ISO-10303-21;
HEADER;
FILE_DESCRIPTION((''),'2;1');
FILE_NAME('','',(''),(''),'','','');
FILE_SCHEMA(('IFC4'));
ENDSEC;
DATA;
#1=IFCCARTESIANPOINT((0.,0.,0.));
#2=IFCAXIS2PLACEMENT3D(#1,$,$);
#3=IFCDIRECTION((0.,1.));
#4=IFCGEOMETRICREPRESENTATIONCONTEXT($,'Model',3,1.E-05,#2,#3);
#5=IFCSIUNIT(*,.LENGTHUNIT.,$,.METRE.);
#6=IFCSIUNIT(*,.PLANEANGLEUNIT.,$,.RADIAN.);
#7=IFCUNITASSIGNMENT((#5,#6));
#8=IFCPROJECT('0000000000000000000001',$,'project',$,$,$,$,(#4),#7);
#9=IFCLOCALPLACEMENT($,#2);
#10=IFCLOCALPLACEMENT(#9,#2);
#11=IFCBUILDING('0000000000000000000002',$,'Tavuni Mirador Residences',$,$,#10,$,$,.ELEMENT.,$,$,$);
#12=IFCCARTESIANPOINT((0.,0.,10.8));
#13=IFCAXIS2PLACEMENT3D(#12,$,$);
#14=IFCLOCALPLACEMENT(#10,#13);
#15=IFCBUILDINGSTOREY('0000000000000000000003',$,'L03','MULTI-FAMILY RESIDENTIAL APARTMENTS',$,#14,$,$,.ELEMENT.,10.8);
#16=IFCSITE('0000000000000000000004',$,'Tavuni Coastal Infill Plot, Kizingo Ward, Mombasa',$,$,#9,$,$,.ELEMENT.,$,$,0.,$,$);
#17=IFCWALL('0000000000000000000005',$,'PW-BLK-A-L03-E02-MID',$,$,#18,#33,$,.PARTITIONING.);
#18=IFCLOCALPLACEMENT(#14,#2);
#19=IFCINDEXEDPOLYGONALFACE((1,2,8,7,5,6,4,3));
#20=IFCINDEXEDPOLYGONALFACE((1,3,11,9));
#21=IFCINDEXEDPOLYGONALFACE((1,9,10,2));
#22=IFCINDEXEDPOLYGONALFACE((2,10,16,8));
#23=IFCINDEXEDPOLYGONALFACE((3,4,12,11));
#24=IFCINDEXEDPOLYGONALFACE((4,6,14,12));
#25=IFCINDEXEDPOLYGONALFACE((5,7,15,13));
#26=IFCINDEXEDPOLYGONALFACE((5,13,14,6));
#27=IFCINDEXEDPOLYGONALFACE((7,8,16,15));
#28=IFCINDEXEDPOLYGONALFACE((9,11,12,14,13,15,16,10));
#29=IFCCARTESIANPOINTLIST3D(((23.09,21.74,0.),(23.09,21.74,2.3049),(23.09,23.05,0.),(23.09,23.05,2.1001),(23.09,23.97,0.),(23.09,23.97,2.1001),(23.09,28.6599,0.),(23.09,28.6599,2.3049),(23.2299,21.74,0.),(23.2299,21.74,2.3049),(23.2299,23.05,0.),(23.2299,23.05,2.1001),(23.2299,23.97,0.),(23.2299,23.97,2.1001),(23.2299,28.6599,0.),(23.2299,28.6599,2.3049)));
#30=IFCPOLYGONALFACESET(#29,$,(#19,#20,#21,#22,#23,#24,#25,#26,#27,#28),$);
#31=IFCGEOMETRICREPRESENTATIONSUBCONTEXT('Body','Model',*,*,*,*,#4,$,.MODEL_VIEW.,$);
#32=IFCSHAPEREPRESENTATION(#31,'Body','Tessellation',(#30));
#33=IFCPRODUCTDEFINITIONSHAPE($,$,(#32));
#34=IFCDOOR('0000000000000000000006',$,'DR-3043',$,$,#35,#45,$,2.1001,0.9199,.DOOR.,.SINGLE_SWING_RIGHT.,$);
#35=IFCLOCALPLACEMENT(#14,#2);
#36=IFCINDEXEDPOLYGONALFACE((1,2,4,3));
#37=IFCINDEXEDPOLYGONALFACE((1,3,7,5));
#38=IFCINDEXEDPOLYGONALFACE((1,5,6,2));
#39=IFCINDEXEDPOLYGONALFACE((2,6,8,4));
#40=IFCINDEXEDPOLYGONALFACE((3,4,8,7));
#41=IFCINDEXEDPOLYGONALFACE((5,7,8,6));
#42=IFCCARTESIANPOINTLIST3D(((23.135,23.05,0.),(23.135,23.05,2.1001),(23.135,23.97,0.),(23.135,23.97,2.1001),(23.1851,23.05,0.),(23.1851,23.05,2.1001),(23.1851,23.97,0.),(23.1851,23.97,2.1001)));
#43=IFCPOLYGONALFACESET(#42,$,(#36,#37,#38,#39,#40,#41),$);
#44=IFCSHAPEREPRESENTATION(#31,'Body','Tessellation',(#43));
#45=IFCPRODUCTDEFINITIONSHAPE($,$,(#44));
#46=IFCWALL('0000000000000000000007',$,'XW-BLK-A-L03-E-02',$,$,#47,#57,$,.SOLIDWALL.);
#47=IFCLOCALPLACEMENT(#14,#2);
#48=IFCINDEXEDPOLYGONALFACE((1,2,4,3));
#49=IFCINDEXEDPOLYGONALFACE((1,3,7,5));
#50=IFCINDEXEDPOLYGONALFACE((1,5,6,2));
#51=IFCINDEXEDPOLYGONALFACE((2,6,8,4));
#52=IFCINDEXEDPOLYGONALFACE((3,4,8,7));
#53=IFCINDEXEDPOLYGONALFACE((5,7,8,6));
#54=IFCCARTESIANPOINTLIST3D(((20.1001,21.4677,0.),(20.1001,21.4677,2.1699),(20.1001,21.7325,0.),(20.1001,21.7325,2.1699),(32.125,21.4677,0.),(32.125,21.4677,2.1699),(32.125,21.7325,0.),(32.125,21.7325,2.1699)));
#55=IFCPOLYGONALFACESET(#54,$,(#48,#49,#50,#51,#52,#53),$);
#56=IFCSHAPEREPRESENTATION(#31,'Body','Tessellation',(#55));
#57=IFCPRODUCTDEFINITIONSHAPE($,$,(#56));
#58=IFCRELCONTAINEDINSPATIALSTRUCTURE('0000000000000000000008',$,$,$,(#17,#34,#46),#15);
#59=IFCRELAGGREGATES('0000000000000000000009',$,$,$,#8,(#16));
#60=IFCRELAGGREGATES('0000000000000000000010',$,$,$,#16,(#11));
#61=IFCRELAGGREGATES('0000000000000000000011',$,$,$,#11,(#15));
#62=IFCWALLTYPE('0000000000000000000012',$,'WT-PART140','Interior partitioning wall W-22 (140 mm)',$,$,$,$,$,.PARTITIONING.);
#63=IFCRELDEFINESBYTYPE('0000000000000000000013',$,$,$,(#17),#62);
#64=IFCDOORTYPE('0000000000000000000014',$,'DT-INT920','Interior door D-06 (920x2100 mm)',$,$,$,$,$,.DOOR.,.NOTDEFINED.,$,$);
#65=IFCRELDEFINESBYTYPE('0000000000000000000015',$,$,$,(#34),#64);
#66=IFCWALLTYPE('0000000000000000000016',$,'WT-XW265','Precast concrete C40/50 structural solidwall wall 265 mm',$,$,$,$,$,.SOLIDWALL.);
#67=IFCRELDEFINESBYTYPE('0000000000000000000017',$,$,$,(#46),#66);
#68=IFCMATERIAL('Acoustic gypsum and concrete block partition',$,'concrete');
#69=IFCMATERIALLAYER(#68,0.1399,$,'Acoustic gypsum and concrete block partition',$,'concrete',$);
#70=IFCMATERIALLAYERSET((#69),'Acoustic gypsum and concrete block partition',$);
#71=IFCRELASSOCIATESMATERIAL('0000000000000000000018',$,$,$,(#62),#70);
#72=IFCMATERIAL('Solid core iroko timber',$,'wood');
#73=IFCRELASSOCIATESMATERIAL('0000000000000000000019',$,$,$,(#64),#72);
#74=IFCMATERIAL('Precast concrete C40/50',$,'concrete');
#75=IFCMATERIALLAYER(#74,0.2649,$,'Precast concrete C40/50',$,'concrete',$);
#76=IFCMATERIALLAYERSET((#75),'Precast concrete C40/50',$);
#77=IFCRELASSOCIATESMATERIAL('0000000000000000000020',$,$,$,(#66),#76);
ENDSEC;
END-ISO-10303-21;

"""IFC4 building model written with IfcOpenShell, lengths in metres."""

from ifc_helpers import new_model, si_unit, direction, frame, frame_2d, origin, place, context, subcontext, project, spatial, rectangle, extrude, material, layer, layer_set, type_object, element, fill, save


model = new_model("IFC4")

# Units and contexts
model_context = context("Model", 3, precision=1e-05, world=origin(), true_north=direction((0.0, 1.0)))
body_context = subcontext(model_context, "Body", "Model", "MODEL_VIEW")
ifc_project = project(units=[si_unit("LENGTHUNIT", "METRE"), si_unit("PLANEANGLEUNIT", "RADIAN")], contexts=[model_context])

# Site, building, storey
site_placement = place(None, origin())
site = spatial("IfcSite", under=ifc_project, at=site_placement, Name="Tavuni Coastal Infill Plot, Kizingo Ward, Mombasa", CompositionType="ELEMENT", RefElevation=0.0)
building_placement = place(site_placement, origin())
building = spatial("IfcBuilding", under=site, at=building_placement, Name="Tavuni Mirador Residences", CompositionType="ELEMENT")
storey_placement = place(building_placement, frame((0.0, 0.0, 10.8)))
storey = spatial("IfcBuildingStorey", under=building, at=storey_placement, Name="L03", Description="MULTI-FAMILY RESIDENTIAL APARTMENTS", CompositionType="ELEMENT", Elevation=10.8)

# Shared definitions
ifc_material_1 = material(Name="Precast concrete C40/50", Category="concrete")

# Wall, opening, door
ifc_material_2 = material(Name="Solid core iroko timber", Category="wood")
ifc_material_3 = material(Name="Acoustic gypsum and concrete block partition", Category="concrete")
ifc_layer_1 = layer(ifc_material_3, 0.1399, Name="Acoustic gypsum and concrete block partition", Category="concrete")
ifc_layer_set_1 = layer_set([ifc_layer_1], Name="Acoustic gypsum and concrete block partition")
wall_type_1 = type_object("IfcWallType", Name="WT-PART140", Description="Interior partitioning wall W-22 (140 mm)", PredefinedType="PARTITIONING", material=ifc_layer_set_1)
wall_1_placement = place(storey_placement, frame((23.1599, 21.74, 0.0), z_axis=(0.0, 0.0, 1.0), x_axis=(0.0, 1.0, 0.0)))
wall_1 = element("IfcWall", 1, at=wall_1_placement, inside=storey, type_object=wall_type_1, Name="PW-BLK-A-L03-E02-MID", PredefinedType="PARTITIONING", context=body_context, shape_type="SweptSolid", body=[
    extrude(rectangle(XDim=6.9199, YDim=0.1399, at=frame_2d((3.46, 0.0))), origin(), (0.0, 0.0, 1.0), 2.3049),
])
opening_1_placement = place(wall_1_placement, frame((1.3101, 0.0, 0.0)))
opening_1 = element("IfcOpeningElement", 2, at=opening_1_placement, cuts=wall_1, PredefinedType="OPENING", context=body_context, shape_type="SweptSolid", body=[
    extrude(rectangle(XDim=0.9199, YDim=2.1001, at=frame_2d((0.46, 1.05))), frame((0.0, 0.0801, 0.0), z_axis=(0.0, -1.0, 0.0), x_axis=(1.0, 0.0, 0.0)), (0.0, 0.0, 1.0), 0.1599),
])
door_type_1 = type_object("IfcDoorType", Name="DT-INT920", Description="Interior door D-06 (920x2100 mm)", OperationType="NOTDEFINED", PredefinedType="DOOR", material=ifc_material_2)
door_1_placement = place(opening_1_placement, origin())
door_1 = element("IfcDoor", 3, at=door_1_placement, inside=storey, type_object=door_type_1, Name="DR-3043", OperationType="SINGLE_SWING_RIGHT", OverallHeight=2.1001, OverallWidth=0.9199, PredefinedType="DOOR", context=body_context, shape_type="SweptSolid", body=[
    extrude(rectangle(XDim=0.9199, YDim=2.1001, at=frame_2d((0.46, 1.05))), frame((0.0, 0.0249, 0.0), z_axis=(0.0, -1.0, 0.0), x_axis=(1.0, 0.0, 0.0)), (0.0, 0.0, 1.0), 0.05),
])
fill(opening_1, door_1)

# Wall
ifc_layer_2 = layer(ifc_material_1, 0.2649, Name="Precast concrete C40/50", Category="concrete")
ifc_layer_set_2 = layer_set([ifc_layer_2], Name="Precast concrete C40/50")
wall_type_2 = type_object("IfcWallType", Name="WT-XW265", Description="Precast concrete C40/50 structural solidwall wall 265 mm", PredefinedType="SOLIDWALL", material=ifc_layer_set_2)
wall_2_placement = place(storey_placement, frame((20.1001, 21.6001, 0.0), z_axis=(0.0, 0.0, 1.0), x_axis=(1.0, 0.0, 0.0)))
element("IfcWall", 4, at=wall_2_placement, inside=storey, type_object=wall_type_2, Name="XW-BLK-A-L03-E-02", PredefinedType="SOLIDWALL", context=body_context, shape_type="SweptSolid", body=[
    extrude(rectangle(XDim=12.0249, YDim=0.2649, at=frame_2d((6.0125, 0.0))), origin(), (0.0, 0.0, 1.0), 2.1699),
])

save(model, "model.ifc")
